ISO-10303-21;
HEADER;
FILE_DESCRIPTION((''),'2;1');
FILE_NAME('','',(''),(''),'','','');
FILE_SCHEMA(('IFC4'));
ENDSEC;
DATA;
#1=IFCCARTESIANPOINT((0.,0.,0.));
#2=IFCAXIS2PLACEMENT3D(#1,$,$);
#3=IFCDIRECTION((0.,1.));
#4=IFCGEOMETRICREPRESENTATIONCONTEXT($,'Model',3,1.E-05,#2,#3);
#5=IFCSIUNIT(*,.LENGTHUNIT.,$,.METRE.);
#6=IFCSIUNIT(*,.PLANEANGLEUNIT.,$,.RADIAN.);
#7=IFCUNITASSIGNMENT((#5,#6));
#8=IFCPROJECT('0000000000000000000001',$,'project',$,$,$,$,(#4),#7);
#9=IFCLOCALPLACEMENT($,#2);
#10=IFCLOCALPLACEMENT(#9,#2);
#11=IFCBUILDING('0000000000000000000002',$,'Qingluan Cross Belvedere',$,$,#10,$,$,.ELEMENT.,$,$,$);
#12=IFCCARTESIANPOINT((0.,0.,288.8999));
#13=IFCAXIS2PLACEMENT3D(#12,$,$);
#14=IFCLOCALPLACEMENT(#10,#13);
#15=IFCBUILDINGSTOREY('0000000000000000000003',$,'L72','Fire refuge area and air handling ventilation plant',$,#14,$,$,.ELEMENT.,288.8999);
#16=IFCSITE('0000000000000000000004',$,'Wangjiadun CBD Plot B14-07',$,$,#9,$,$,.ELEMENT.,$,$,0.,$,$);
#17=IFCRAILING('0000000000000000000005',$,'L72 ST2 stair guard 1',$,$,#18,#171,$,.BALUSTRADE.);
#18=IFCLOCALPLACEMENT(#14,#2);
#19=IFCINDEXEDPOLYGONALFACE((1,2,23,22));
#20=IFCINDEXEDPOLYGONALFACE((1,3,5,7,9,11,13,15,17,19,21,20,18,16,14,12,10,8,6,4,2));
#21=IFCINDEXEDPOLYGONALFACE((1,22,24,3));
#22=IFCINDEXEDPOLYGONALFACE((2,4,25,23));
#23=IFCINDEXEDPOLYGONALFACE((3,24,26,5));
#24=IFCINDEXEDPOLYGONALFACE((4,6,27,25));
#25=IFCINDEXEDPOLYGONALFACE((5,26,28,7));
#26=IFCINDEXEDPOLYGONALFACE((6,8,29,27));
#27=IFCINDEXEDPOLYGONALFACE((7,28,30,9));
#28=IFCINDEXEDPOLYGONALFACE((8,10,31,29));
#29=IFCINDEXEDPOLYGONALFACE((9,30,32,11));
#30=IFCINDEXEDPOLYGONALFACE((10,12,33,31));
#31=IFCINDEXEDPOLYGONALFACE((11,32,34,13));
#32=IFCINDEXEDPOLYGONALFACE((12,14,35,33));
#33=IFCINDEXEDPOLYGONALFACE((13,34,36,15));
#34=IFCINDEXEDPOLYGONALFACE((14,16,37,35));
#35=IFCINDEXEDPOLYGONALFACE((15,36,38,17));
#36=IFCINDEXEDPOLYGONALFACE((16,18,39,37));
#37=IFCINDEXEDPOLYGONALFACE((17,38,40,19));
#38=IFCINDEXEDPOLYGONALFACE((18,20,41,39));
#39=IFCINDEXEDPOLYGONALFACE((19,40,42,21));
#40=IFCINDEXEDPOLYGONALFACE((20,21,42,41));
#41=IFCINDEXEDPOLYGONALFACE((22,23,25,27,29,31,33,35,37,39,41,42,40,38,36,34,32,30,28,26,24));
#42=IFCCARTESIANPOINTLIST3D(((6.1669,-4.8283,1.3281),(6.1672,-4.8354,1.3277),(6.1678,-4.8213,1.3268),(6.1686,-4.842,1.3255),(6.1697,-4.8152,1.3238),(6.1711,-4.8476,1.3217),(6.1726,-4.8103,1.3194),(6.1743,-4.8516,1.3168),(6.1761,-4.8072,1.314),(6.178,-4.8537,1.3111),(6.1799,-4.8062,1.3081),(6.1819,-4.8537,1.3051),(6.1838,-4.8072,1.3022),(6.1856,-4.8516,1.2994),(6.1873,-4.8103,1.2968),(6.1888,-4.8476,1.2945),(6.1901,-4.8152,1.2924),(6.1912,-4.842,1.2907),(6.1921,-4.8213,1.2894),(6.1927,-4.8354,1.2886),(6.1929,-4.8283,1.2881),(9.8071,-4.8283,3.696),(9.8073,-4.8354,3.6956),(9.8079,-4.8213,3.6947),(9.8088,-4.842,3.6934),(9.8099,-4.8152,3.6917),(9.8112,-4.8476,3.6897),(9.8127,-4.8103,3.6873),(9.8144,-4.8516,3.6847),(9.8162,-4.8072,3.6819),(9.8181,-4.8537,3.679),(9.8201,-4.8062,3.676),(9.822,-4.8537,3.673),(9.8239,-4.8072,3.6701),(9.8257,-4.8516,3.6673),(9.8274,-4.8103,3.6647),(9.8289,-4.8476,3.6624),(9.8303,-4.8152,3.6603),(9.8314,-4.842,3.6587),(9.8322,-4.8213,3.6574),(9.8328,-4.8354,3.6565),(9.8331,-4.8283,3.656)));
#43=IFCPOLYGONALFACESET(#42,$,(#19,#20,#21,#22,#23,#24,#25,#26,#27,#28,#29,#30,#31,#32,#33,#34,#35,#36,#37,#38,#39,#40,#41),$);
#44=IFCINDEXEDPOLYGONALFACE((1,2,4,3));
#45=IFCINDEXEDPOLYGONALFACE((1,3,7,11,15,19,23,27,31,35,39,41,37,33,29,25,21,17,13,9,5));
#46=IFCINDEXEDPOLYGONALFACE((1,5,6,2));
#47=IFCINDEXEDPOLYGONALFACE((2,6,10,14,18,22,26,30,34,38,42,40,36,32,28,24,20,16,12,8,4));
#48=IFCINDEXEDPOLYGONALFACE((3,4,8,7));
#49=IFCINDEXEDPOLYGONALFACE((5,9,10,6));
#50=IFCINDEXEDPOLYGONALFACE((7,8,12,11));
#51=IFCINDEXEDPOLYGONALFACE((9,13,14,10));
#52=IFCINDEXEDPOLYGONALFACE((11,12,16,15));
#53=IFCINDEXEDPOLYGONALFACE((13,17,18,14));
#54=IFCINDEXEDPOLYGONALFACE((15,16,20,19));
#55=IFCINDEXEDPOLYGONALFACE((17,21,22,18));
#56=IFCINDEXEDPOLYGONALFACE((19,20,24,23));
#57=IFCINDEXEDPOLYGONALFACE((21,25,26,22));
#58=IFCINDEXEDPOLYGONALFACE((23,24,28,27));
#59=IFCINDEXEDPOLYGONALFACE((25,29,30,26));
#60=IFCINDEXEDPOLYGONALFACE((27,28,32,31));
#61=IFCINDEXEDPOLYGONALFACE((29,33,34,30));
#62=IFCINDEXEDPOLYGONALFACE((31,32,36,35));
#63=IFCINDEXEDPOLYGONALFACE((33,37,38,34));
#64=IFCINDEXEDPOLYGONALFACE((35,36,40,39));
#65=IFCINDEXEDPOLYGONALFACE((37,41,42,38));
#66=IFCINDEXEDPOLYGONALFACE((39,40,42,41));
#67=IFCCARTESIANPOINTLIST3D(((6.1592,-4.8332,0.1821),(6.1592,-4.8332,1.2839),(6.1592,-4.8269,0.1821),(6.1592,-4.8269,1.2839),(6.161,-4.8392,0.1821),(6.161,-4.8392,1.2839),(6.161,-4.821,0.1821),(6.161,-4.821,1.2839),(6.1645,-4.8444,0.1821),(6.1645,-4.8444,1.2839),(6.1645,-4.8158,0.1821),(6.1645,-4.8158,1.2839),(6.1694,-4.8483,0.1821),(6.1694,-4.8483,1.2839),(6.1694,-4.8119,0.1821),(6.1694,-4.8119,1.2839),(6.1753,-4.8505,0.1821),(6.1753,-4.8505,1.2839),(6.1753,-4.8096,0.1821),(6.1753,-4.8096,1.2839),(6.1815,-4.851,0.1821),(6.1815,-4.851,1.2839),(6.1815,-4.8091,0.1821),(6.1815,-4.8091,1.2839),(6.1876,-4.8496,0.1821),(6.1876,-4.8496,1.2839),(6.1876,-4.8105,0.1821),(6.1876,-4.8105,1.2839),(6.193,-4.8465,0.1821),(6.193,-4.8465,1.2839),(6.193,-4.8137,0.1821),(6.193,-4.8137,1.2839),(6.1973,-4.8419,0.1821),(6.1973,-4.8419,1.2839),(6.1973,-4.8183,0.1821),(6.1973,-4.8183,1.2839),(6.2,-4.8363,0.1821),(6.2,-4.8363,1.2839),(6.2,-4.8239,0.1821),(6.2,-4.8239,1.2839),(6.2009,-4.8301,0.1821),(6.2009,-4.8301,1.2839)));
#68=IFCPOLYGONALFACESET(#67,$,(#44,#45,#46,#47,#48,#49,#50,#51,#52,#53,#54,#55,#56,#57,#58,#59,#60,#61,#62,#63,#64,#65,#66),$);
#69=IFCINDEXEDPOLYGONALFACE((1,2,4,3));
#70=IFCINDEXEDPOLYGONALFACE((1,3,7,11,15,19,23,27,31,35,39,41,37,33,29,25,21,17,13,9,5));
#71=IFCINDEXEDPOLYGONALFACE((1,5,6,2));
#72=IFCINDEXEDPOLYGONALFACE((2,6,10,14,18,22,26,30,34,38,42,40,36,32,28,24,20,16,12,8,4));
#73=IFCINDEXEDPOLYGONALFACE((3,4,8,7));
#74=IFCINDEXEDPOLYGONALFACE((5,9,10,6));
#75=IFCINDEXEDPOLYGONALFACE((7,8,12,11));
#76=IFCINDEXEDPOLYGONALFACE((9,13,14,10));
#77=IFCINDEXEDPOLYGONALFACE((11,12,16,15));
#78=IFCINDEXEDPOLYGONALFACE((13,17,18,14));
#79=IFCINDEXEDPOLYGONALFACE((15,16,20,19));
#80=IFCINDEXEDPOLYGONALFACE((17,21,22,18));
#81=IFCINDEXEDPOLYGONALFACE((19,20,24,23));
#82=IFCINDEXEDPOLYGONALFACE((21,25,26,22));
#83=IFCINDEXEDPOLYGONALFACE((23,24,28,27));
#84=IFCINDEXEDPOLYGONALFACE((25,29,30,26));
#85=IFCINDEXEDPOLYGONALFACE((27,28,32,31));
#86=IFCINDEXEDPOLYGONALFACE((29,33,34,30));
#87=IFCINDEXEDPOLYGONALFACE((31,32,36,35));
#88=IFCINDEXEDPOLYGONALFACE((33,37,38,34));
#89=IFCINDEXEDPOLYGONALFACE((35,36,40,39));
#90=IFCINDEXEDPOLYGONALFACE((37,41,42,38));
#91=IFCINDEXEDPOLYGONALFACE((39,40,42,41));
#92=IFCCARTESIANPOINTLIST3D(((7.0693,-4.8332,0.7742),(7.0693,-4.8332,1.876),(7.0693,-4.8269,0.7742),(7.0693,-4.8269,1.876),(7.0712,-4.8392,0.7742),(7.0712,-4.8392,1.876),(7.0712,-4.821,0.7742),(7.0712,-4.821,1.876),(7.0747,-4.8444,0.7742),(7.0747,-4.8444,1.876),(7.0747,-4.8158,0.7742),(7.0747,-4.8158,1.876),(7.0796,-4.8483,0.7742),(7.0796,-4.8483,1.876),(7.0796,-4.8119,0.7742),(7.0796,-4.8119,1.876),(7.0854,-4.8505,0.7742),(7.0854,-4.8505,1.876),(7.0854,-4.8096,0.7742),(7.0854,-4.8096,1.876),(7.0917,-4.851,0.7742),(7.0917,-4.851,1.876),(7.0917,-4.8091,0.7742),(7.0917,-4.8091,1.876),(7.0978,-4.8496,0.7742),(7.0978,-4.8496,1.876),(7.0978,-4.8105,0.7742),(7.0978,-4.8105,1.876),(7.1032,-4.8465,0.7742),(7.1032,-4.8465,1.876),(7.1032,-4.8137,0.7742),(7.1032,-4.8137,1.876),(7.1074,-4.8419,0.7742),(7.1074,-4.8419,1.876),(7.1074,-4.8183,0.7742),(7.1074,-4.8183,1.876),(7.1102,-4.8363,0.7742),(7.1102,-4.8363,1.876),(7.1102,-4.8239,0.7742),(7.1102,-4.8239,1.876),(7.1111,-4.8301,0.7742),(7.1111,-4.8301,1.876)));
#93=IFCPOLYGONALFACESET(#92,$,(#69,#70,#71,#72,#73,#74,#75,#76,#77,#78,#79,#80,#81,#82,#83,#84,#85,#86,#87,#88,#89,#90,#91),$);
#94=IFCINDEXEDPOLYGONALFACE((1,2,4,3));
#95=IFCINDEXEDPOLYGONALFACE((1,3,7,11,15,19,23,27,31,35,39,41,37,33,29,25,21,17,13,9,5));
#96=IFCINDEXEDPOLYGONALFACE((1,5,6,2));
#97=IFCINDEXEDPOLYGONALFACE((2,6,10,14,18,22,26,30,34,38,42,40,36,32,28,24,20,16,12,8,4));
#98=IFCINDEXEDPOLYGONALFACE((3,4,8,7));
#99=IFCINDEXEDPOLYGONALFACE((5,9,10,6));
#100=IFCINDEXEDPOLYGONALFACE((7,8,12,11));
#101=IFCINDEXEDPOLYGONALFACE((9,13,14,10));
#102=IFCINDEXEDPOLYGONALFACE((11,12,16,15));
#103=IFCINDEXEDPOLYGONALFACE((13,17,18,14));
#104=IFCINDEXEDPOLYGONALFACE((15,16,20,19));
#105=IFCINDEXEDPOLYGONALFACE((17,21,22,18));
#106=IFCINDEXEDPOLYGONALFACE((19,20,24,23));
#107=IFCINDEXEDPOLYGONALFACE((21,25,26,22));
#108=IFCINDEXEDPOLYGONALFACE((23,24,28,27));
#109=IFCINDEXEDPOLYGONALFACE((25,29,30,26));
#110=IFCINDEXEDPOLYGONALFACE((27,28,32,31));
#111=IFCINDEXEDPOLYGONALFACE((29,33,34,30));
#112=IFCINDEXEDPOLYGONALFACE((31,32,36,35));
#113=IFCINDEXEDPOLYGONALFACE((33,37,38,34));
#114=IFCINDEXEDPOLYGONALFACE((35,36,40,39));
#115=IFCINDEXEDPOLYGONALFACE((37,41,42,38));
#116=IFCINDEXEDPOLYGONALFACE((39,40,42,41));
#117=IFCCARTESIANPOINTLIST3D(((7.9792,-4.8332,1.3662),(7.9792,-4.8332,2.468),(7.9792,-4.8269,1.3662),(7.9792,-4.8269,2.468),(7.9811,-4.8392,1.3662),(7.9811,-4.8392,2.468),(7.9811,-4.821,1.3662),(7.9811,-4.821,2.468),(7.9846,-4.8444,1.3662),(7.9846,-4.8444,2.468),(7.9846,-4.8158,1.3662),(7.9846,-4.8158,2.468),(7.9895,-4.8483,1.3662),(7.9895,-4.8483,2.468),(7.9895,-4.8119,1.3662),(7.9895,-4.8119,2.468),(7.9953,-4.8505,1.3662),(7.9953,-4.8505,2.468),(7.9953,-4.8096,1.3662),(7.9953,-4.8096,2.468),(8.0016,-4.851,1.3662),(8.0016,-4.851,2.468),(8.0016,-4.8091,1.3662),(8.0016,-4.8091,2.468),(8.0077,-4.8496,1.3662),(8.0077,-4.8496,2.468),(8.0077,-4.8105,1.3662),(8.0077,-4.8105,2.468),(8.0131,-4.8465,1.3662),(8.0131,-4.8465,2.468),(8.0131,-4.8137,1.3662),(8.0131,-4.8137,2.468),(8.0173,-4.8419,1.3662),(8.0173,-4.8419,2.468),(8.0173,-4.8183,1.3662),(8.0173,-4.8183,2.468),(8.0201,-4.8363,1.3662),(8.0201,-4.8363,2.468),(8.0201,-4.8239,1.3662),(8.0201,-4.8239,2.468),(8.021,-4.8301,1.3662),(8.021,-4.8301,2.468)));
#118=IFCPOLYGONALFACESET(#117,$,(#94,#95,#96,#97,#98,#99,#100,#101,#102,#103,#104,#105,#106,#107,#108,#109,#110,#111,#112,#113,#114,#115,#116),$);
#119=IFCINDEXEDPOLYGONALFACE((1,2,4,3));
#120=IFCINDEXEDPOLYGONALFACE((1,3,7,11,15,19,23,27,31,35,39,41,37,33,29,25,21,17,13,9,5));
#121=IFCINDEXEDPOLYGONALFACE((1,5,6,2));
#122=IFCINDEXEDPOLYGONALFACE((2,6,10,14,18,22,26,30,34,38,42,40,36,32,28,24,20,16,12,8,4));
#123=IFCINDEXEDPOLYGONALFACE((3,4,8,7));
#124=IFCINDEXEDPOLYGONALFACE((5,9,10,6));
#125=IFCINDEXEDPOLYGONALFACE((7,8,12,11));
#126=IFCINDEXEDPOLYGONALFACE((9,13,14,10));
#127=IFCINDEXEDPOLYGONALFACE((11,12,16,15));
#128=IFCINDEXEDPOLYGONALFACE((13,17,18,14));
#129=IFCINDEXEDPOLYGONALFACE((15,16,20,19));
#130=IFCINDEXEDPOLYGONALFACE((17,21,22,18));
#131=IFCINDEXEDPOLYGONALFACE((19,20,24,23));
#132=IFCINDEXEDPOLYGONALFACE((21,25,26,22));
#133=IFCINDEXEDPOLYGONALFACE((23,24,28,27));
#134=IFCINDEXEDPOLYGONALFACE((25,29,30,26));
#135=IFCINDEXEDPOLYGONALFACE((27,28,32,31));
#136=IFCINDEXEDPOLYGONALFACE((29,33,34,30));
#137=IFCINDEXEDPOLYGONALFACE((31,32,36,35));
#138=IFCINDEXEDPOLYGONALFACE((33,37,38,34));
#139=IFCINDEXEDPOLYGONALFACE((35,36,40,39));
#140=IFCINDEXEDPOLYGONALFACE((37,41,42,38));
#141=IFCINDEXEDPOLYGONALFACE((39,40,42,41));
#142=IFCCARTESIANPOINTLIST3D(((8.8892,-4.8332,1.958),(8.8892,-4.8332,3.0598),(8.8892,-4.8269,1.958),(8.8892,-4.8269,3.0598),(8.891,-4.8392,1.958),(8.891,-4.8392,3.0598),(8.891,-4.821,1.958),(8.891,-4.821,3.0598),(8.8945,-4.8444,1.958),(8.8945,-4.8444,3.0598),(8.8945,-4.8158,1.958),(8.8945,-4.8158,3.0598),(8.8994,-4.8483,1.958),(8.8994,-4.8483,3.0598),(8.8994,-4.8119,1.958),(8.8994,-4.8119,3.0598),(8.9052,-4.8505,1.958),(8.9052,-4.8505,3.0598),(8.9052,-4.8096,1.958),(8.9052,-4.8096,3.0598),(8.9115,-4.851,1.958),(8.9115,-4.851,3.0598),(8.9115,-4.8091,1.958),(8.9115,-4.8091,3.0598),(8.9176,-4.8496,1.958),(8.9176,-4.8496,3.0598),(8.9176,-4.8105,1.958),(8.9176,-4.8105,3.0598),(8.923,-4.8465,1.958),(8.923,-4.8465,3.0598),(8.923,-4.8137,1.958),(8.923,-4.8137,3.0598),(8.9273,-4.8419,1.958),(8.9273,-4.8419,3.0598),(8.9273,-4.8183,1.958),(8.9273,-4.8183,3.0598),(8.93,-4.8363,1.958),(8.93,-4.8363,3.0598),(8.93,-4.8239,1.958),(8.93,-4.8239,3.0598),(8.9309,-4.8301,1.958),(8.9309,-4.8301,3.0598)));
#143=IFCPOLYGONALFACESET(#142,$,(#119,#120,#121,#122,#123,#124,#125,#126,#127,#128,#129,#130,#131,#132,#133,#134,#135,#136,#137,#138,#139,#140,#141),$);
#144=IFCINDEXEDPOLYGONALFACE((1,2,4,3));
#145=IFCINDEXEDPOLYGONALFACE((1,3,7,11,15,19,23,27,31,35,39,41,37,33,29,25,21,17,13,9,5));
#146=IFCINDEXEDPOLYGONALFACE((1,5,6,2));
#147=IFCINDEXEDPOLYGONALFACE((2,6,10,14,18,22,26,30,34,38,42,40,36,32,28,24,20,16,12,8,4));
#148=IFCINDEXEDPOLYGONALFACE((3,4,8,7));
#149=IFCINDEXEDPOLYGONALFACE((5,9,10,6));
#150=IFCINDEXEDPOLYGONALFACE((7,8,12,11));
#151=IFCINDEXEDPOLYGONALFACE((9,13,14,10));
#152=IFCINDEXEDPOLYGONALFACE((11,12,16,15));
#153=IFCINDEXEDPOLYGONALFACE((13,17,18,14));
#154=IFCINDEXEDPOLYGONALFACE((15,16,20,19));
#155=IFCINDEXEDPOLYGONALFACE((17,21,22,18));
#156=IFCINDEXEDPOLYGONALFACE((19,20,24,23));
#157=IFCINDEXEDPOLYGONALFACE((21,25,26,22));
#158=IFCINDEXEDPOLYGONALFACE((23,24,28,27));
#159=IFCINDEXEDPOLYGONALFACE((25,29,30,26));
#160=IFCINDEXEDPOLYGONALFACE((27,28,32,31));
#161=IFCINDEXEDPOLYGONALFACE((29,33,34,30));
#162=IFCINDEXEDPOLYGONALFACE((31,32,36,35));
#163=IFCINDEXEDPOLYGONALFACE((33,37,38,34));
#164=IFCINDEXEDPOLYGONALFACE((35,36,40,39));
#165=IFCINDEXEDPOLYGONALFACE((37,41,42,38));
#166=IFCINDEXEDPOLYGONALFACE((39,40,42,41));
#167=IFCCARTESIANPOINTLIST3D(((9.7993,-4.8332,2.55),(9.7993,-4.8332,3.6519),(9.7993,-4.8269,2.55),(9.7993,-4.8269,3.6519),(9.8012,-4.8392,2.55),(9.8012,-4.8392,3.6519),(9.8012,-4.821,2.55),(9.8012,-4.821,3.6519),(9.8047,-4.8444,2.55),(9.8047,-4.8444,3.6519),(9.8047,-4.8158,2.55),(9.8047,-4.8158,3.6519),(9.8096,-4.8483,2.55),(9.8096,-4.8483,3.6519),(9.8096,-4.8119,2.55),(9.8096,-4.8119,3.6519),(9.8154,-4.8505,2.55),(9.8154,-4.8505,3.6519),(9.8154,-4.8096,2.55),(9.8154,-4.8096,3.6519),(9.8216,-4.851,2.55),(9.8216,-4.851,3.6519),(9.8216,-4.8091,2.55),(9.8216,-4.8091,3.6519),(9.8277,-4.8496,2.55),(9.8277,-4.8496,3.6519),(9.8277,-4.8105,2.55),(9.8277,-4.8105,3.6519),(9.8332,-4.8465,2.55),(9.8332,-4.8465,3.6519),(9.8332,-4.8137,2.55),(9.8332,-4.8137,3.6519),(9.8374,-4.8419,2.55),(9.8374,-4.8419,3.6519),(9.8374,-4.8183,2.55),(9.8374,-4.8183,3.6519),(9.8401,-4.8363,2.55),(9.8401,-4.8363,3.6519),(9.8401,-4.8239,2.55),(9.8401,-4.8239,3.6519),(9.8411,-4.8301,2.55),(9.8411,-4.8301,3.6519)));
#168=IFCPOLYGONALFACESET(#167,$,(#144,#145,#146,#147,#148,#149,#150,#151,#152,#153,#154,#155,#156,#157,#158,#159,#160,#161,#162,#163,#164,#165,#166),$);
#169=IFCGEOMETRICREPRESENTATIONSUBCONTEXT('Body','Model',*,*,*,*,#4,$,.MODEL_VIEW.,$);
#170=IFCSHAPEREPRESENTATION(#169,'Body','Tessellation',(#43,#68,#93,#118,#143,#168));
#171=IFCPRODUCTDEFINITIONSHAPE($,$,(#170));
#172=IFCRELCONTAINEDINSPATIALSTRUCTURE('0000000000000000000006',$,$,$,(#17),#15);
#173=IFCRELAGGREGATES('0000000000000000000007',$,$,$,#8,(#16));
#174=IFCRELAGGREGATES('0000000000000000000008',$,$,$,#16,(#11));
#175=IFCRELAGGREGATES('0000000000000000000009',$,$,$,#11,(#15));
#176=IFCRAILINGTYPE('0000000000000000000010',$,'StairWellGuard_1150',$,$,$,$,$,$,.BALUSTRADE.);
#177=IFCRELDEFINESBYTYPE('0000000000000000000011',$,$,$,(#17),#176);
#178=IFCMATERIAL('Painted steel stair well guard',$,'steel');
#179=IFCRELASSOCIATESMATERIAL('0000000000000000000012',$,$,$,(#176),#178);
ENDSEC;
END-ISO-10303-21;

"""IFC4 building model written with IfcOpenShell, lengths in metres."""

from ifc_helpers import new_model, si_unit, direction, frame, origin, origin_2d, place, context, subcontext, project, spatial, circle, extrude, material, type_object, element, save


model = new_model("IFC4")

# Units and contexts
model_context = context("Model", 3, precision=1e-05, world=origin(), true_north=direction((0.0, 1.0)))
body_context = subcontext(model_context, "Body", "Model", "MODEL_VIEW")
ifc_project = project(units=[si_unit("LENGTHUNIT", "METRE"), si_unit("PLANEANGLEUNIT", "RADIAN")], contexts=[model_context])

# Site, building, storey
site_placement = place(None, origin())
site = spatial("IfcSite", under=ifc_project, at=site_placement, Name="Wangjiadun CBD Plot B14-07", CompositionType="ELEMENT", RefElevation=0.0)
building_placement = place(site_placement, origin())
building = spatial("IfcBuilding", under=site, at=building_placement, Name="Qingluan Cross Belvedere", CompositionType="ELEMENT")
storey_placement = place(building_placement, frame((0.0, 0.0, 288.8999)))
storey = spatial("IfcBuildingStorey", under=building, at=storey_placement, Name="L72", Description="Fire refuge area and air handling ventilation plant", CompositionType="ELEMENT", Elevation=288.8999)

# Railing
ifc_material_1 = material(Name="Painted steel stair well guard", Category="steel")
railing_type_1 = type_object("IfcRailingType", Name="StairWellGuard_1150", PredefinedType="BALUSTRADE", material=ifc_material_1)
railing_1_placement = place(storey_placement, frame((6.1799, -4.8301, 0.1821)))
element("IfcRailing", 1, at=railing_1_placement, inside=storey, type_object=railing_type_1, Name="L72 ST2 stair guard 1", PredefinedType="BALUSTRADE", context=body_context, shape_type="SweptSolid", body=[
    extrude(circle(Radius=0.0239, at=origin_2d()), frame((0.0, 0.0, 1.126), z_axis=(0.838251, 0.0, 0.545285), x_axis=(0.0, 1.0, 0.0)), (0.0, 0.0, 1.0), 4.3425),
    extrude(circle(Radius=0.021, at=origin_2d()), origin(), (0.0, 0.0, 1.0), 1.1018),
    extrude(circle(Radius=0.021, at=origin_2d()), frame((0.9102, 0.0, 0.592)), (0.0, 0.0, 1.0), 1.1018),
    extrude(circle(Radius=0.021, at=origin_2d()), frame((1.8201, 0.0, 1.1841)), (0.0, 0.0, 1.0), 1.1018),
    extrude(circle(Radius=0.021, at=origin_2d()), frame((2.73, 0.0, 1.7759)), (0.0, 0.0, 1.0), 1.1018),
    extrude(circle(Radius=0.021, at=origin_2d()), frame((3.6401, 0.0, 2.3679)), (0.0, 0.0, 1.0), 1.1018),
])

save(model, "model.ifc")
